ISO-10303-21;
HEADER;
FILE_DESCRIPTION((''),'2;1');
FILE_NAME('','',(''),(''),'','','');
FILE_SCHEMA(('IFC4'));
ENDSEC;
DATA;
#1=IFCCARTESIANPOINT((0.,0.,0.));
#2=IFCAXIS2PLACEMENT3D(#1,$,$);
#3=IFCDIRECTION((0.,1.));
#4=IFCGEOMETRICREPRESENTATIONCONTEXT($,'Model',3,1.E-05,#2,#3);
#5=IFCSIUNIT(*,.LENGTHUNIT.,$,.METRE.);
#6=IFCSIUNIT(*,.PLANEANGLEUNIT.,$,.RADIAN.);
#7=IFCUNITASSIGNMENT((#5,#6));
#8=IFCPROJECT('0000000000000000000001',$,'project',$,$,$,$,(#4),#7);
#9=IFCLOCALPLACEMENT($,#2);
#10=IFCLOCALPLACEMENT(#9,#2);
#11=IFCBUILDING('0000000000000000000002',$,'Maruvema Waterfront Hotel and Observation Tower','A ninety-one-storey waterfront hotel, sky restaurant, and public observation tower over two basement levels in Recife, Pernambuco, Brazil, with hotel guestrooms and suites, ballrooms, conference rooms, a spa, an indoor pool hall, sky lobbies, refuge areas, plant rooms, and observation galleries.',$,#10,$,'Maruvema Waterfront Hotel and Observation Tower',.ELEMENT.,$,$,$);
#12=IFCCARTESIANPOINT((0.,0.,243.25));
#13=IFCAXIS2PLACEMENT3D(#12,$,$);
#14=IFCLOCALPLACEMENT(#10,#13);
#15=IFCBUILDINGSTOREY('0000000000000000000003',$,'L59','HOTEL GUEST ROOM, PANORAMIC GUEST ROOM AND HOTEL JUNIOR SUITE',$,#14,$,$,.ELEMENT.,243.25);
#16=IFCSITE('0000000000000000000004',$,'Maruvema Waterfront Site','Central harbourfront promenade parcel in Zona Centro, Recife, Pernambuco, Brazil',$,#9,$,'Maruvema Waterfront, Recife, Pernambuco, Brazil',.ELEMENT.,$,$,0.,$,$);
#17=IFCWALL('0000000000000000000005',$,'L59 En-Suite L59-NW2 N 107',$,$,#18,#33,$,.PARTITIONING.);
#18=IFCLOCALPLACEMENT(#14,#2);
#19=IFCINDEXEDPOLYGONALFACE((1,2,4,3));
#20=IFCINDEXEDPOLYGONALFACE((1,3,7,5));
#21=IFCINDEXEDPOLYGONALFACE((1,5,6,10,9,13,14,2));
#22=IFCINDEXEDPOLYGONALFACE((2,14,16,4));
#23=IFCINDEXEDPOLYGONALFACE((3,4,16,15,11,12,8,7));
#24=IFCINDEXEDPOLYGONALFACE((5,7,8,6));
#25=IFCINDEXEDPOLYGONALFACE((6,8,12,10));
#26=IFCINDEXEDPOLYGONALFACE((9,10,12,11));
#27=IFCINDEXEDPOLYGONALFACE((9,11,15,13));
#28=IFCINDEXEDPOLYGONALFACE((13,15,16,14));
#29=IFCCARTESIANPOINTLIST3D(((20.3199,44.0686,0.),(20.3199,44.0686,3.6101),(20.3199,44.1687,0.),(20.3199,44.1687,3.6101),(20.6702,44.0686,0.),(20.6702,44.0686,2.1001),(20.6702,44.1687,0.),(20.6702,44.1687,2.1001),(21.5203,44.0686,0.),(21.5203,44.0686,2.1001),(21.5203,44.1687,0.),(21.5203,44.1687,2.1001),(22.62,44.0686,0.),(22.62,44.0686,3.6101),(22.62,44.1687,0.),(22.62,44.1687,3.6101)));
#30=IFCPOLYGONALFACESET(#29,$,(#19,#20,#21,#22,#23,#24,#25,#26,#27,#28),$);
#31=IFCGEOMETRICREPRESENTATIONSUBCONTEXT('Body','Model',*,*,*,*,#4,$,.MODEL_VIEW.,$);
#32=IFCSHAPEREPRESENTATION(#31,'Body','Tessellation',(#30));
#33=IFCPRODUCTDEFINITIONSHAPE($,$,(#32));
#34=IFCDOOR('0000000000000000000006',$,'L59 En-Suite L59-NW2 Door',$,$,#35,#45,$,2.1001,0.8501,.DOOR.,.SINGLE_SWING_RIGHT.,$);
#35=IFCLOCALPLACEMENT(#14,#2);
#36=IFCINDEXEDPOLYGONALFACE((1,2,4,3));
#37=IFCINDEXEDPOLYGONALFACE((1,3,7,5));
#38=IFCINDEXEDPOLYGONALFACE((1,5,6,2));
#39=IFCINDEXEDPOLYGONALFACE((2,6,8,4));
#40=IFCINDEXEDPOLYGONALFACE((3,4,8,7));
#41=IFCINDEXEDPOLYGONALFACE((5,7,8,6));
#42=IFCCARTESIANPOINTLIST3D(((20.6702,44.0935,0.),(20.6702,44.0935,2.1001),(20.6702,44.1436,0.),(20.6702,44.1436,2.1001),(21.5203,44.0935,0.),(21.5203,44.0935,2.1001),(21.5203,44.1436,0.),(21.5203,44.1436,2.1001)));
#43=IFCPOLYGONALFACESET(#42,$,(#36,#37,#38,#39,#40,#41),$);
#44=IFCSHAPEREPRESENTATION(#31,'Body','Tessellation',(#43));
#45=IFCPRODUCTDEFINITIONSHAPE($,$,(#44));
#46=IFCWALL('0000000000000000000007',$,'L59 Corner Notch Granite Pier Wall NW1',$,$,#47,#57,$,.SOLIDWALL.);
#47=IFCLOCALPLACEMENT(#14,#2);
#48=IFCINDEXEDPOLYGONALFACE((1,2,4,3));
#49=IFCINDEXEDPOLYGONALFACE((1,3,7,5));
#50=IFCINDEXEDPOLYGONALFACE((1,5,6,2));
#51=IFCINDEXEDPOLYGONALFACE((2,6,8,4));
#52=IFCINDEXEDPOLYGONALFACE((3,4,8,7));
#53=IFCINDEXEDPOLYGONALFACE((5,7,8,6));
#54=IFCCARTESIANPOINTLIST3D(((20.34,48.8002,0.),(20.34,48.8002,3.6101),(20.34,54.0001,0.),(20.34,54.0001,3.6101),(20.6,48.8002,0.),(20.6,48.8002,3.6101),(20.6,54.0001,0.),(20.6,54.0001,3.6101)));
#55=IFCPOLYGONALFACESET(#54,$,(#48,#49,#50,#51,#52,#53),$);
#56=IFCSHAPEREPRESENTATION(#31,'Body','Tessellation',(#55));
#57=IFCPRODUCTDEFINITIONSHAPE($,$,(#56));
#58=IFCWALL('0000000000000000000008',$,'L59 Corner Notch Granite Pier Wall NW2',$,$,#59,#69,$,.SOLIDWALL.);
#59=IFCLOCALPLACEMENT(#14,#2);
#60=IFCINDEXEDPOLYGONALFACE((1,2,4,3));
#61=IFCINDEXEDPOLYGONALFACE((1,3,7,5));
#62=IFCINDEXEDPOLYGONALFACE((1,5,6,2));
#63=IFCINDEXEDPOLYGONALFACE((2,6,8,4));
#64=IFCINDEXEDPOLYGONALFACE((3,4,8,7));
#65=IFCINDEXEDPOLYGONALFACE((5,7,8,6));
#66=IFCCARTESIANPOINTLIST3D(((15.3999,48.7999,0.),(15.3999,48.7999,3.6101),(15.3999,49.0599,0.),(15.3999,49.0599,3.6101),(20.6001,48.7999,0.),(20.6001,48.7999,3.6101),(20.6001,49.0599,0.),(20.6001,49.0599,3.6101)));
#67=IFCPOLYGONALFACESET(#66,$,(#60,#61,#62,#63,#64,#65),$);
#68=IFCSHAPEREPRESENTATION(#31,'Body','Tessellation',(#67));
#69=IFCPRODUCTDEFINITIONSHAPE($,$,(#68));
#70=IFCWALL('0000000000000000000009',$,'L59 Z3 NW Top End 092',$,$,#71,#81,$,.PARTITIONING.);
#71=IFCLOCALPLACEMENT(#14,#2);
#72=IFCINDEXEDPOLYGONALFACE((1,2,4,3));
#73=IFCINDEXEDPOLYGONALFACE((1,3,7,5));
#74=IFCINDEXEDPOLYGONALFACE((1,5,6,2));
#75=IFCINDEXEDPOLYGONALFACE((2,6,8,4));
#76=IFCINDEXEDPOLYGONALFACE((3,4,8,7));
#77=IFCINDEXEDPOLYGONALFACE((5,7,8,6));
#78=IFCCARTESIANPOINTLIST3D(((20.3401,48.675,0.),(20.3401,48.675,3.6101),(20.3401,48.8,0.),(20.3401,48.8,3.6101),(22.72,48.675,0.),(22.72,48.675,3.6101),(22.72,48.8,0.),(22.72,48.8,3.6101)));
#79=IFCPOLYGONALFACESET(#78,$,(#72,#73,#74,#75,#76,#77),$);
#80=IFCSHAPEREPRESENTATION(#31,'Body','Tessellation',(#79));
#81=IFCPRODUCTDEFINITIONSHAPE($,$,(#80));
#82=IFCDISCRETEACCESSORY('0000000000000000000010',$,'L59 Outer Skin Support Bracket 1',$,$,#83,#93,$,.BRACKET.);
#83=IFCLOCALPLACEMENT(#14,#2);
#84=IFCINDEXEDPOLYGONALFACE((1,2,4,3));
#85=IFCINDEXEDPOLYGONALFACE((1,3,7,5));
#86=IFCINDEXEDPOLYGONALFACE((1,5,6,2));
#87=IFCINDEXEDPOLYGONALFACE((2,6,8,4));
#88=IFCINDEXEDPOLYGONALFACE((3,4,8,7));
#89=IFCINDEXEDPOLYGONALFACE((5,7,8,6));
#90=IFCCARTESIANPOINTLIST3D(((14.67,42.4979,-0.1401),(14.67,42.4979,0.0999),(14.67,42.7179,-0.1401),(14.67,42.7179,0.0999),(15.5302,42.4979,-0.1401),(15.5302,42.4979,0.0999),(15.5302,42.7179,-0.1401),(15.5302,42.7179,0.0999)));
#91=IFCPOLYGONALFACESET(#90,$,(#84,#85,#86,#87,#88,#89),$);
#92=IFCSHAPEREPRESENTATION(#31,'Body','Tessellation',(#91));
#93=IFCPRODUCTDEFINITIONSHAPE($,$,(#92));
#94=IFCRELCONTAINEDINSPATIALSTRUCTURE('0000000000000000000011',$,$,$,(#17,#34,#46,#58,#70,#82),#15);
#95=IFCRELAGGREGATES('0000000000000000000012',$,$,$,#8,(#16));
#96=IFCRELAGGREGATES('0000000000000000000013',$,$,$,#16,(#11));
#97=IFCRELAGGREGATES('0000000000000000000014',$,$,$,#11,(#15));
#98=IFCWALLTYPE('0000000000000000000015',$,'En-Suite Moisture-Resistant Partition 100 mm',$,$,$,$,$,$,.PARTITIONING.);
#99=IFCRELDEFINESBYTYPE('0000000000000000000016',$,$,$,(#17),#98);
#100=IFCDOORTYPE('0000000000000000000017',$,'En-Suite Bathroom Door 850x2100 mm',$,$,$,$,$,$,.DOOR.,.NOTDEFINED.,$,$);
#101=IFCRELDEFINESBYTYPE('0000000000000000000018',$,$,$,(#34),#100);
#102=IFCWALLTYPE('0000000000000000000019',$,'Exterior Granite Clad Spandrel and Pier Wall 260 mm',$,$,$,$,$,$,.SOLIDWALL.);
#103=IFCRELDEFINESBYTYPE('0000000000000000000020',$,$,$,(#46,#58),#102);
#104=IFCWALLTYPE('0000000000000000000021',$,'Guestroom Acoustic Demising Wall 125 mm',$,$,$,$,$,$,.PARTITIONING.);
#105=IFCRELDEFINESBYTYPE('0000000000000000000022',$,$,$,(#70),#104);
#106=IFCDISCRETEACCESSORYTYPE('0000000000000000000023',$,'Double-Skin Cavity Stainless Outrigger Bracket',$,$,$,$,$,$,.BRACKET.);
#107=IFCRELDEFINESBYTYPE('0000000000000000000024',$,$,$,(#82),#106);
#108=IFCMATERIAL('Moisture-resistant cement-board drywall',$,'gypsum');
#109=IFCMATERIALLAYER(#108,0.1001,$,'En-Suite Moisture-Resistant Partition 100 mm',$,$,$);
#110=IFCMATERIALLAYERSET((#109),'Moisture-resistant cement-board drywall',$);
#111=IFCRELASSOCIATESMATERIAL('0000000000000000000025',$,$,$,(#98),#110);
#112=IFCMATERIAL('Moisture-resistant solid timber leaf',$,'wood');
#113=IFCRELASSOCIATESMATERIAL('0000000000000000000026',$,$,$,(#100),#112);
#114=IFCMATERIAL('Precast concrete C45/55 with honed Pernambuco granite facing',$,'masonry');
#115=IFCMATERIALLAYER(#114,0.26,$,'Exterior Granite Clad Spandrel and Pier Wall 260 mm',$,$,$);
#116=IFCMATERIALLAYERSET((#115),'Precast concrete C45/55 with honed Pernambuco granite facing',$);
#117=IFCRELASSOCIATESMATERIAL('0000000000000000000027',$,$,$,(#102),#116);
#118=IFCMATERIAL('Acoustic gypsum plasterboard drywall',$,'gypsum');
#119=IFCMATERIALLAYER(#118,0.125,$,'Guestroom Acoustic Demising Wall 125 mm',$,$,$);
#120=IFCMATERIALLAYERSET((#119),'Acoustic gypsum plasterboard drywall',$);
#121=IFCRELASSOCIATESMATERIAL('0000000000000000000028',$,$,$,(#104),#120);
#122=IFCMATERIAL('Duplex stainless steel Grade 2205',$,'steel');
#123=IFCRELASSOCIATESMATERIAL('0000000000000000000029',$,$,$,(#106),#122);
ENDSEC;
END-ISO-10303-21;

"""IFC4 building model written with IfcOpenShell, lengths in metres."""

from ifc_helpers import new_model, si_unit, direction, frame, frame_2d, origin, origin_2d, place, context, subcontext, project, spatial, rectangle, extrude, material, layer, layer_set, type_object, element, fill, save


model = new_model("IFC4")

# Units and contexts
model_context = context("Model", 3, precision=1e-05, world=origin(), true_north=direction((0.0, 1.0)))
body_context = subcontext(model_context, "Body", "Model", "MODEL_VIEW")
ifc_project = project(units=[si_unit("LENGTHUNIT", "METRE"), si_unit("PLANEANGLEUNIT", "RADIAN")], contexts=[model_context])

# Site, building, storey
site_placement = place(None, origin())
site = spatial("IfcSite", under=ifc_project, at=site_placement, Name="Maruvema Waterfront Site", Description="Central harbourfront promenade parcel in Zona Centro, Recife, Pernambuco, Brazil", LongName="Maruvema Waterfront, Recife, Pernambuco, Brazil", CompositionType="ELEMENT", RefElevation=0.0)
building_placement = place(site_placement, origin())
building = spatial("IfcBuilding", under=site, at=building_placement, Name="Maruvema Waterfront Hotel and Observation Tower", Description="A ninety-one-storey waterfront hotel, sky restaurant, and public observation tower over two basement levels in Recife, Pernambuco, Brazil, with hotel guestrooms and suites, ballrooms, conference rooms, a spa, an indoor pool hall, sky lobbies, refuge areas, plant rooms, and observation galleries.", LongName="Maruvema Waterfront Hotel and Observation Tower", CompositionType="ELEMENT")
storey_placement = place(building_placement, frame((0.0, 0.0, 243.25)))
storey = spatial("IfcBuildingStorey", under=building, at=storey_placement, Name="L59", Description="HOTEL GUEST ROOM, PANORAMIC GUEST ROOM AND HOTEL JUNIOR SUITE", CompositionType="ELEMENT", Elevation=243.25)

# Wall, opening, door
ifc_material_1 = material(Name="Moisture-resistant cement-board drywall", Category="gypsum")
ifc_layer_1 = layer(ifc_material_1, 0.1001, Name="En-Suite Moisture-Resistant Partition 100 mm")
ifc_layer_set_1 = layer_set([ifc_layer_1], Name="Moisture-resistant cement-board drywall")
wall_type_1 = type_object("IfcWallType", Name="En-Suite Moisture-Resistant Partition 100 mm", PredefinedType="PARTITIONING", material=ifc_layer_set_1)
wall_1_placement = place(storey_placement, frame((20.3201, 44.1187, 0.0), z_axis=(0.0, 0.0, 1.0), x_axis=(1.0, 0.0, 0.0)))
wall_1 = element("IfcWall", 1, at=wall_1_placement, inside=storey, type_object=wall_type_1, Name="L59 En-Suite L59-NW2 N 107", PredefinedType="PARTITIONING", context=body_context, shape_type="SweptSolid", body=[
    extrude(rectangle(XDim=2.3, YDim=0.1001, at=frame_2d((1.1499, 0.0))), origin(), (0.0, 0.0, 1.0), 3.6101),
])
opening_1_placement = place(wall_1_placement, frame((0.3501, 0.0, 0.0)))
opening_1 = element("IfcOpeningElement", 2, at=opening_1_placement, cuts=wall_1, PredefinedType="OPENING", context=body_context, shape_type="SweptSolid", body=[
    extrude(rectangle(XDim=0.8501, YDim=2.1001, at=frame_2d((0.425, 1.05))), frame((0.0, 0.0601, 0.0), z_axis=(0.0, -1.0, 0.0), x_axis=(1.0, 0.0, 0.0)), (0.0, 0.0, 1.0), 0.1201),
])
ifc_material_2 = material(Name="Moisture-resistant solid timber leaf", Category="wood")
door_type_1 = type_object("IfcDoorType", Name="En-Suite Bathroom Door 850x2100 mm", OperationType="NOTDEFINED", PredefinedType="DOOR", material=ifc_material_2)
door_1_placement = place(opening_1_placement, origin())
door_1 = element("IfcDoor", 3, at=door_1_placement, inside=storey, type_object=door_type_1, Name="L59 En-Suite L59-NW2 Door", OperationType="SINGLE_SWING_RIGHT", OverallHeight=2.1001, OverallWidth=0.8501, PredefinedType="DOOR", context=body_context, shape_type="SweptSolid", body=[
    extrude(rectangle(XDim=0.8501, YDim=2.1001, at=frame_2d((0.425, 1.05))), frame((0.0, 0.0249, 0.0), z_axis=(0.0, -1.0, 0.0), x_axis=(1.0, 0.0, 0.0)), (0.0, 0.0, 1.0), 0.05),
])
fill(opening_1, door_1)

# Walls
ifc_material_3 = material(Name="Precast concrete C45/55 with honed Pernambuco granite facing", Category="masonry")
ifc_layer_2 = layer(ifc_material_3, 0.26, Name="Exterior Granite Clad Spandrel and Pier Wall 260 mm")
ifc_layer_set_2 = layer_set([ifc_layer_2], Name="Precast concrete C45/55 with honed Pernambuco granite facing")
wall_type_2 = type_object("IfcWallType", Name="Exterior Granite Clad Spandrel and Pier Wall 260 mm", PredefinedType="SOLIDWALL", material=ifc_layer_set_2)
wall_2_placement = place(storey_placement, frame((20.47, 48.8, 0.0), z_axis=(0.0, 0.0, 1.0), x_axis=(0.0, 1.0, 0.0)))
element("IfcWall", 4, at=wall_2_placement, inside=storey, type_object=wall_type_2, Name="L59 Corner Notch Granite Pier Wall NW1", PredefinedType="SOLIDWALL", context=body_context, shape_type="SweptSolid", body=[
    extrude(rectangle(XDim=5.2, YDim=0.26, at=frame_2d((2.6001, 0.0))), origin(), (0.0, 0.0, 1.0), 3.6101),
])
wall_3_placement = place(storey_placement, frame((15.3999, 48.9299, 0.0), z_axis=(0.0, 0.0, 1.0), x_axis=(1.0, 0.0, 0.0)))
element("IfcWall", 5, at=wall_3_placement, inside=storey, type_object=wall_type_2, Name="L59 Corner Notch Granite Pier Wall NW2", PredefinedType="SOLIDWALL", context=body_context, shape_type="SweptSolid", body=[
    extrude(rectangle(XDim=5.2002, YDim=0.26, at=frame_2d((2.6001, 0.0))), origin(), (0.0, 0.0, 1.0), 3.6101),
])
ifc_material_4 = material(Name="Acoustic gypsum plasterboard drywall", Category="gypsum")
ifc_layer_3 = layer(ifc_material_4, 0.125, Name="Guestroom Acoustic Demising Wall 125 mm")
ifc_layer_set_3 = layer_set([ifc_layer_3], Name="Acoustic gypsum plasterboard drywall")
wall_type_3 = type_object("IfcWallType", Name="Guestroom Acoustic Demising Wall 125 mm", PredefinedType="PARTITIONING", material=ifc_layer_set_3)
wall_4_placement = place(storey_placement, frame((20.3401, 48.7375, 0.0), z_axis=(0.0, 0.0, 1.0), x_axis=(1.0, 0.0, 0.0)))
element("IfcWall", 6, at=wall_4_placement, inside=storey, type_object=wall_type_3, Name="L59 Z3 NW Top End 092", PredefinedType="PARTITIONING", context=body_context, shape_type="SweptSolid", body=[
    extrude(rectangle(XDim=2.3799, YDim=0.125, at=frame_2d((1.1899, 0.0))), origin(), (0.0, 0.0, 1.0), 3.6101),
])

# Discrete accessory
ifc_material_5 = material(Name="Duplex stainless steel Grade 2205", Category="steel")
discrete_accessory_type = type_object("IfcDiscreteAccessoryType", Name="Double-Skin Cavity Stainless Outrigger Bracket", PredefinedType="BRACKET", material=ifc_material_5)
discrete_accessory_placement = place(storey_placement, frame((15.1001, 42.6079, -0.1401), z_axis=(0.0, 0.0, 1.0), x_axis=(0.0, -1.0, 0.0)))
element("IfcDiscreteAccessory", 7, at=discrete_accessory_placement, inside=storey, type_object=discrete_accessory_type, Name="L59 Outer Skin Support Bracket 1", PredefinedType="BRACKET", context=body_context, shape_type="SweptSolid", body=[
    extrude(rectangle(XDim=0.22, YDim=0.8601, at=origin_2d()), origin(), (0.0, 0.0, 1.0), 0.24),
])

save(model, "model.ifc")
